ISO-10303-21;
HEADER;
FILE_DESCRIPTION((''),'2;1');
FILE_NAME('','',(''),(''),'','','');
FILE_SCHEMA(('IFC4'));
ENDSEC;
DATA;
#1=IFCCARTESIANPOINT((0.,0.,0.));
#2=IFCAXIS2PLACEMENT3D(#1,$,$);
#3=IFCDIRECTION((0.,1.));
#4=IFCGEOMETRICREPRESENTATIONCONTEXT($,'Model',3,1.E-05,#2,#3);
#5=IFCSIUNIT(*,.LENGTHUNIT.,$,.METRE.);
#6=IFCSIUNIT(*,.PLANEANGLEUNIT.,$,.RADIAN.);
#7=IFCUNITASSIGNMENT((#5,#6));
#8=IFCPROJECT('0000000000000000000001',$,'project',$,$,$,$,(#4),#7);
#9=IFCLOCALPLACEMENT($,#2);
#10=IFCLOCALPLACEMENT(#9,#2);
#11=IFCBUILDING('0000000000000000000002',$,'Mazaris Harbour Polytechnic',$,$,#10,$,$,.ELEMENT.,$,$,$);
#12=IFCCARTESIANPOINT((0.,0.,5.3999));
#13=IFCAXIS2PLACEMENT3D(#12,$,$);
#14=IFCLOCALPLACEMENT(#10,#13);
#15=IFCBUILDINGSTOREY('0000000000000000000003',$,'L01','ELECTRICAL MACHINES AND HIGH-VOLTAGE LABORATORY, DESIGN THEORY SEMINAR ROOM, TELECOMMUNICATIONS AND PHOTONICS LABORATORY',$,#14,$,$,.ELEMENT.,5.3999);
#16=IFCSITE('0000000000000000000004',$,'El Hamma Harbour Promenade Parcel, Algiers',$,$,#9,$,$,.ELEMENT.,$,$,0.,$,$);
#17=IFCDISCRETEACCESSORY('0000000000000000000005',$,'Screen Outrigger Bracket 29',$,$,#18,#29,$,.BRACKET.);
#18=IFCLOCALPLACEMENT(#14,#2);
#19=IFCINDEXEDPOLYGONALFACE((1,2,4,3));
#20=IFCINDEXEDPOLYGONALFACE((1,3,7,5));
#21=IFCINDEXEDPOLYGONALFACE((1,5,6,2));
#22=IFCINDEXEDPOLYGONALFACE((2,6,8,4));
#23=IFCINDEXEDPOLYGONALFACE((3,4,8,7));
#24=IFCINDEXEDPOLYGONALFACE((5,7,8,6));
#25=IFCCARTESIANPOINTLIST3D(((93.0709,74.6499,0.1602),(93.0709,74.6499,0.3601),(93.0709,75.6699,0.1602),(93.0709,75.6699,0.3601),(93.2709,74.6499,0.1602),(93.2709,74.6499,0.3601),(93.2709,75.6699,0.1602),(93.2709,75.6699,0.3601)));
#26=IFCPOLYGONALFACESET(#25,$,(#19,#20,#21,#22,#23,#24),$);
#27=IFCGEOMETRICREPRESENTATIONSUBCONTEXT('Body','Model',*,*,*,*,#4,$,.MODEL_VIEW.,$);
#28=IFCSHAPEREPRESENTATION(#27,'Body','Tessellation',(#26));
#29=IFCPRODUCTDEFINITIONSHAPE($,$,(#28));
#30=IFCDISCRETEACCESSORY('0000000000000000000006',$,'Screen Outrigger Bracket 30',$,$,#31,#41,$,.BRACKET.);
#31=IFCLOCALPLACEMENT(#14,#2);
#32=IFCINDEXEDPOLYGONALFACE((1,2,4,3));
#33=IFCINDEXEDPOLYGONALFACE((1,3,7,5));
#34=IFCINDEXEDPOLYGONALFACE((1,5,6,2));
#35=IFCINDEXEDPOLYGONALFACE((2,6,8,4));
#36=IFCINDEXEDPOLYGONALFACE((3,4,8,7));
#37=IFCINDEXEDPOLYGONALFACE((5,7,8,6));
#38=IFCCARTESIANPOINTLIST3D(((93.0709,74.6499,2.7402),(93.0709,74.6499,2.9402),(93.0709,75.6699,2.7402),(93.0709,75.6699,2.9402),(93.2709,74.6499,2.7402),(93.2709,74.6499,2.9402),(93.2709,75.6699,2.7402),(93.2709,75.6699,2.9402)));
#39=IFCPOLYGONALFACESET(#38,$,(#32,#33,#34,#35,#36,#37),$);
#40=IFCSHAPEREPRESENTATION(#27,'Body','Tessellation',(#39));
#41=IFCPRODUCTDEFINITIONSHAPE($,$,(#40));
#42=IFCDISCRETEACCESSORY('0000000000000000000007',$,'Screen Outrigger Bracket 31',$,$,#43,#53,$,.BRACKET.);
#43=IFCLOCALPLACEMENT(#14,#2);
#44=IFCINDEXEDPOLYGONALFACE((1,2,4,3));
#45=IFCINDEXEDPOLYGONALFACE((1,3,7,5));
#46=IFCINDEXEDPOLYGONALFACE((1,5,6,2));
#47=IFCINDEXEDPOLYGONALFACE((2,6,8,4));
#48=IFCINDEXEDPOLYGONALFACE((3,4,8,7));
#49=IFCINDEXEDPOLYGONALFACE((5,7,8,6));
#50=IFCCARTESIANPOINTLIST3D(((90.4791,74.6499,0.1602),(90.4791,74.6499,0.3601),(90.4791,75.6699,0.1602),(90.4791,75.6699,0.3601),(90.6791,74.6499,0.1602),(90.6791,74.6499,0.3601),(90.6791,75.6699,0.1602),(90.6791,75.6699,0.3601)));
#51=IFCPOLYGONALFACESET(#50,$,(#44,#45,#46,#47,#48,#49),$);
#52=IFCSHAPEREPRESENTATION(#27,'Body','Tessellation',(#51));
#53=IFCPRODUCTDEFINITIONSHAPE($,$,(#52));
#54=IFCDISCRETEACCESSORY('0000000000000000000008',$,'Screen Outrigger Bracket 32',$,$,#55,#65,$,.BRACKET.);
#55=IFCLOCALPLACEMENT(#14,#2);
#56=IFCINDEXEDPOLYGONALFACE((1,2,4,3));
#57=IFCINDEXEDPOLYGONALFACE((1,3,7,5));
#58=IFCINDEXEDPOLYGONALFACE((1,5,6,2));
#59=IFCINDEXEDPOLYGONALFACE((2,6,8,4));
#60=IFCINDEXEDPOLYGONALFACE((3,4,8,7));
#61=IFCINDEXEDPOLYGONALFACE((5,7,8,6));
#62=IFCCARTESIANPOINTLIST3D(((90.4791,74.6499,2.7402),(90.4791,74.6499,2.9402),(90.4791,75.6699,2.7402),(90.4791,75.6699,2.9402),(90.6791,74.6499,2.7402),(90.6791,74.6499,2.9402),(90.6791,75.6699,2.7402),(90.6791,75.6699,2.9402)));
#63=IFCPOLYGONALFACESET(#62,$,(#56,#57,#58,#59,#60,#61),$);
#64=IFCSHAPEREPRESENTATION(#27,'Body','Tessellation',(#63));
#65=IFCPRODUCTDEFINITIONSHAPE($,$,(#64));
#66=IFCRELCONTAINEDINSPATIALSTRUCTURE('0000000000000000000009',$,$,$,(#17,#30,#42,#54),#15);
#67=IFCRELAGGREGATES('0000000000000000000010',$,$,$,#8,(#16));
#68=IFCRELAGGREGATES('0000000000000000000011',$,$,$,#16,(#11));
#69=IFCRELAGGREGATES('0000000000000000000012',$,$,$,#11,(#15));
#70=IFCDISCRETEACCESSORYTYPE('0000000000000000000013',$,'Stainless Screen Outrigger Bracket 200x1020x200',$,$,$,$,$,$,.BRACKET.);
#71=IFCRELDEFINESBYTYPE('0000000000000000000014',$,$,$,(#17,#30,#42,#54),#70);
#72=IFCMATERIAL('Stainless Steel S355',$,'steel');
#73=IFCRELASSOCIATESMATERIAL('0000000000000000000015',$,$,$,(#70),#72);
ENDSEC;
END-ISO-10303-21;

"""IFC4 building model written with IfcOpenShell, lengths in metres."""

from ifc_helpers import new_model, si_unit, direction, frame, origin, origin_2d, place, context, subcontext, project, spatial, rectangle, extrude, material, type_object, element, save


model = new_model("IFC4")

# Units and contexts
model_context = context("Model", 3, precision=1e-05, world=origin(), true_north=direction((0.0, 1.0)))
body_context = subcontext(model_context, "Body", "Model", "MODEL_VIEW")
ifc_project = project(units=[si_unit("LENGTHUNIT", "METRE"), si_unit("PLANEANGLEUNIT", "RADIAN")], contexts=[model_context])

# Site, building, storey
site_placement = place(None, origin())
site = spatial("IfcSite", under=ifc_project, at=site_placement, Name="El Hamma Harbour Promenade Parcel, Algiers", CompositionType="ELEMENT", RefElevation=0.0)
building_placement = place(site_placement, origin())
building = spatial("IfcBuilding", under=site, at=building_placement, Name="Mazaris Harbour Polytechnic", CompositionType="ELEMENT")
storey_placement = place(building_placement, frame((0.0, 0.0, 5.3999)))
storey = spatial("IfcBuildingStorey", under=building, at=storey_placement, Name="L01", Description="ELECTRICAL MACHINES AND HIGH-VOLTAGE LABORATORY, DESIGN THEORY SEMINAR ROOM, TELECOMMUNICATIONS AND PHOTONICS LABORATORY", CompositionType="ELEMENT", Elevation=5.3999)

# Discrete accessories
ifc_material_1 = material(Name="Stainless Steel S355", Category="steel")
discrete_accessory_type = type_object("IfcDiscreteAccessoryType", Name="Stainless Screen Outrigger Bracket 200x1020x200", PredefinedType="BRACKET", material=ifc_material_1)
for number, where, z_axis, x_axis, name in (
    (1, (93.1709, 75.1599, 0.1602), (0.0, 0.0, 1.0), (-1.0, 0.0, 0.0), "Screen Outrigger Bracket 29"),
    (2, (93.1709, 75.1599, 2.7402), (0.0, 0.0, 1.0), (-1.0, 0.0, 0.0), "Screen Outrigger Bracket 30"),
    (3, (90.5791, 75.1599, 0.1602), (0.0, 0.0, 1.0), (-1.0, 0.0, 0.0), "Screen Outrigger Bracket 31"),
    (4, (90.5791, 75.1599, 2.7402), (0.0, 0.0, 1.0), (-1.0, 0.0, 0.0), "Screen Outrigger Bracket 32"),
):
    element("IfcDiscreteAccessory", number, at=place(storey_placement, frame(where, z_axis=z_axis, x_axis=x_axis)), inside=storey, type_object=discrete_accessory_type, Name=name, PredefinedType="BRACKET", context=body_context, shape_type="SweptSolid", body=[
        extrude(rectangle(XDim=0.2, YDim=1.02, at=origin_2d()), origin(), (0.0, 0.0, 1.0), 0.2),
    ])

save(model, "model.ifc")
